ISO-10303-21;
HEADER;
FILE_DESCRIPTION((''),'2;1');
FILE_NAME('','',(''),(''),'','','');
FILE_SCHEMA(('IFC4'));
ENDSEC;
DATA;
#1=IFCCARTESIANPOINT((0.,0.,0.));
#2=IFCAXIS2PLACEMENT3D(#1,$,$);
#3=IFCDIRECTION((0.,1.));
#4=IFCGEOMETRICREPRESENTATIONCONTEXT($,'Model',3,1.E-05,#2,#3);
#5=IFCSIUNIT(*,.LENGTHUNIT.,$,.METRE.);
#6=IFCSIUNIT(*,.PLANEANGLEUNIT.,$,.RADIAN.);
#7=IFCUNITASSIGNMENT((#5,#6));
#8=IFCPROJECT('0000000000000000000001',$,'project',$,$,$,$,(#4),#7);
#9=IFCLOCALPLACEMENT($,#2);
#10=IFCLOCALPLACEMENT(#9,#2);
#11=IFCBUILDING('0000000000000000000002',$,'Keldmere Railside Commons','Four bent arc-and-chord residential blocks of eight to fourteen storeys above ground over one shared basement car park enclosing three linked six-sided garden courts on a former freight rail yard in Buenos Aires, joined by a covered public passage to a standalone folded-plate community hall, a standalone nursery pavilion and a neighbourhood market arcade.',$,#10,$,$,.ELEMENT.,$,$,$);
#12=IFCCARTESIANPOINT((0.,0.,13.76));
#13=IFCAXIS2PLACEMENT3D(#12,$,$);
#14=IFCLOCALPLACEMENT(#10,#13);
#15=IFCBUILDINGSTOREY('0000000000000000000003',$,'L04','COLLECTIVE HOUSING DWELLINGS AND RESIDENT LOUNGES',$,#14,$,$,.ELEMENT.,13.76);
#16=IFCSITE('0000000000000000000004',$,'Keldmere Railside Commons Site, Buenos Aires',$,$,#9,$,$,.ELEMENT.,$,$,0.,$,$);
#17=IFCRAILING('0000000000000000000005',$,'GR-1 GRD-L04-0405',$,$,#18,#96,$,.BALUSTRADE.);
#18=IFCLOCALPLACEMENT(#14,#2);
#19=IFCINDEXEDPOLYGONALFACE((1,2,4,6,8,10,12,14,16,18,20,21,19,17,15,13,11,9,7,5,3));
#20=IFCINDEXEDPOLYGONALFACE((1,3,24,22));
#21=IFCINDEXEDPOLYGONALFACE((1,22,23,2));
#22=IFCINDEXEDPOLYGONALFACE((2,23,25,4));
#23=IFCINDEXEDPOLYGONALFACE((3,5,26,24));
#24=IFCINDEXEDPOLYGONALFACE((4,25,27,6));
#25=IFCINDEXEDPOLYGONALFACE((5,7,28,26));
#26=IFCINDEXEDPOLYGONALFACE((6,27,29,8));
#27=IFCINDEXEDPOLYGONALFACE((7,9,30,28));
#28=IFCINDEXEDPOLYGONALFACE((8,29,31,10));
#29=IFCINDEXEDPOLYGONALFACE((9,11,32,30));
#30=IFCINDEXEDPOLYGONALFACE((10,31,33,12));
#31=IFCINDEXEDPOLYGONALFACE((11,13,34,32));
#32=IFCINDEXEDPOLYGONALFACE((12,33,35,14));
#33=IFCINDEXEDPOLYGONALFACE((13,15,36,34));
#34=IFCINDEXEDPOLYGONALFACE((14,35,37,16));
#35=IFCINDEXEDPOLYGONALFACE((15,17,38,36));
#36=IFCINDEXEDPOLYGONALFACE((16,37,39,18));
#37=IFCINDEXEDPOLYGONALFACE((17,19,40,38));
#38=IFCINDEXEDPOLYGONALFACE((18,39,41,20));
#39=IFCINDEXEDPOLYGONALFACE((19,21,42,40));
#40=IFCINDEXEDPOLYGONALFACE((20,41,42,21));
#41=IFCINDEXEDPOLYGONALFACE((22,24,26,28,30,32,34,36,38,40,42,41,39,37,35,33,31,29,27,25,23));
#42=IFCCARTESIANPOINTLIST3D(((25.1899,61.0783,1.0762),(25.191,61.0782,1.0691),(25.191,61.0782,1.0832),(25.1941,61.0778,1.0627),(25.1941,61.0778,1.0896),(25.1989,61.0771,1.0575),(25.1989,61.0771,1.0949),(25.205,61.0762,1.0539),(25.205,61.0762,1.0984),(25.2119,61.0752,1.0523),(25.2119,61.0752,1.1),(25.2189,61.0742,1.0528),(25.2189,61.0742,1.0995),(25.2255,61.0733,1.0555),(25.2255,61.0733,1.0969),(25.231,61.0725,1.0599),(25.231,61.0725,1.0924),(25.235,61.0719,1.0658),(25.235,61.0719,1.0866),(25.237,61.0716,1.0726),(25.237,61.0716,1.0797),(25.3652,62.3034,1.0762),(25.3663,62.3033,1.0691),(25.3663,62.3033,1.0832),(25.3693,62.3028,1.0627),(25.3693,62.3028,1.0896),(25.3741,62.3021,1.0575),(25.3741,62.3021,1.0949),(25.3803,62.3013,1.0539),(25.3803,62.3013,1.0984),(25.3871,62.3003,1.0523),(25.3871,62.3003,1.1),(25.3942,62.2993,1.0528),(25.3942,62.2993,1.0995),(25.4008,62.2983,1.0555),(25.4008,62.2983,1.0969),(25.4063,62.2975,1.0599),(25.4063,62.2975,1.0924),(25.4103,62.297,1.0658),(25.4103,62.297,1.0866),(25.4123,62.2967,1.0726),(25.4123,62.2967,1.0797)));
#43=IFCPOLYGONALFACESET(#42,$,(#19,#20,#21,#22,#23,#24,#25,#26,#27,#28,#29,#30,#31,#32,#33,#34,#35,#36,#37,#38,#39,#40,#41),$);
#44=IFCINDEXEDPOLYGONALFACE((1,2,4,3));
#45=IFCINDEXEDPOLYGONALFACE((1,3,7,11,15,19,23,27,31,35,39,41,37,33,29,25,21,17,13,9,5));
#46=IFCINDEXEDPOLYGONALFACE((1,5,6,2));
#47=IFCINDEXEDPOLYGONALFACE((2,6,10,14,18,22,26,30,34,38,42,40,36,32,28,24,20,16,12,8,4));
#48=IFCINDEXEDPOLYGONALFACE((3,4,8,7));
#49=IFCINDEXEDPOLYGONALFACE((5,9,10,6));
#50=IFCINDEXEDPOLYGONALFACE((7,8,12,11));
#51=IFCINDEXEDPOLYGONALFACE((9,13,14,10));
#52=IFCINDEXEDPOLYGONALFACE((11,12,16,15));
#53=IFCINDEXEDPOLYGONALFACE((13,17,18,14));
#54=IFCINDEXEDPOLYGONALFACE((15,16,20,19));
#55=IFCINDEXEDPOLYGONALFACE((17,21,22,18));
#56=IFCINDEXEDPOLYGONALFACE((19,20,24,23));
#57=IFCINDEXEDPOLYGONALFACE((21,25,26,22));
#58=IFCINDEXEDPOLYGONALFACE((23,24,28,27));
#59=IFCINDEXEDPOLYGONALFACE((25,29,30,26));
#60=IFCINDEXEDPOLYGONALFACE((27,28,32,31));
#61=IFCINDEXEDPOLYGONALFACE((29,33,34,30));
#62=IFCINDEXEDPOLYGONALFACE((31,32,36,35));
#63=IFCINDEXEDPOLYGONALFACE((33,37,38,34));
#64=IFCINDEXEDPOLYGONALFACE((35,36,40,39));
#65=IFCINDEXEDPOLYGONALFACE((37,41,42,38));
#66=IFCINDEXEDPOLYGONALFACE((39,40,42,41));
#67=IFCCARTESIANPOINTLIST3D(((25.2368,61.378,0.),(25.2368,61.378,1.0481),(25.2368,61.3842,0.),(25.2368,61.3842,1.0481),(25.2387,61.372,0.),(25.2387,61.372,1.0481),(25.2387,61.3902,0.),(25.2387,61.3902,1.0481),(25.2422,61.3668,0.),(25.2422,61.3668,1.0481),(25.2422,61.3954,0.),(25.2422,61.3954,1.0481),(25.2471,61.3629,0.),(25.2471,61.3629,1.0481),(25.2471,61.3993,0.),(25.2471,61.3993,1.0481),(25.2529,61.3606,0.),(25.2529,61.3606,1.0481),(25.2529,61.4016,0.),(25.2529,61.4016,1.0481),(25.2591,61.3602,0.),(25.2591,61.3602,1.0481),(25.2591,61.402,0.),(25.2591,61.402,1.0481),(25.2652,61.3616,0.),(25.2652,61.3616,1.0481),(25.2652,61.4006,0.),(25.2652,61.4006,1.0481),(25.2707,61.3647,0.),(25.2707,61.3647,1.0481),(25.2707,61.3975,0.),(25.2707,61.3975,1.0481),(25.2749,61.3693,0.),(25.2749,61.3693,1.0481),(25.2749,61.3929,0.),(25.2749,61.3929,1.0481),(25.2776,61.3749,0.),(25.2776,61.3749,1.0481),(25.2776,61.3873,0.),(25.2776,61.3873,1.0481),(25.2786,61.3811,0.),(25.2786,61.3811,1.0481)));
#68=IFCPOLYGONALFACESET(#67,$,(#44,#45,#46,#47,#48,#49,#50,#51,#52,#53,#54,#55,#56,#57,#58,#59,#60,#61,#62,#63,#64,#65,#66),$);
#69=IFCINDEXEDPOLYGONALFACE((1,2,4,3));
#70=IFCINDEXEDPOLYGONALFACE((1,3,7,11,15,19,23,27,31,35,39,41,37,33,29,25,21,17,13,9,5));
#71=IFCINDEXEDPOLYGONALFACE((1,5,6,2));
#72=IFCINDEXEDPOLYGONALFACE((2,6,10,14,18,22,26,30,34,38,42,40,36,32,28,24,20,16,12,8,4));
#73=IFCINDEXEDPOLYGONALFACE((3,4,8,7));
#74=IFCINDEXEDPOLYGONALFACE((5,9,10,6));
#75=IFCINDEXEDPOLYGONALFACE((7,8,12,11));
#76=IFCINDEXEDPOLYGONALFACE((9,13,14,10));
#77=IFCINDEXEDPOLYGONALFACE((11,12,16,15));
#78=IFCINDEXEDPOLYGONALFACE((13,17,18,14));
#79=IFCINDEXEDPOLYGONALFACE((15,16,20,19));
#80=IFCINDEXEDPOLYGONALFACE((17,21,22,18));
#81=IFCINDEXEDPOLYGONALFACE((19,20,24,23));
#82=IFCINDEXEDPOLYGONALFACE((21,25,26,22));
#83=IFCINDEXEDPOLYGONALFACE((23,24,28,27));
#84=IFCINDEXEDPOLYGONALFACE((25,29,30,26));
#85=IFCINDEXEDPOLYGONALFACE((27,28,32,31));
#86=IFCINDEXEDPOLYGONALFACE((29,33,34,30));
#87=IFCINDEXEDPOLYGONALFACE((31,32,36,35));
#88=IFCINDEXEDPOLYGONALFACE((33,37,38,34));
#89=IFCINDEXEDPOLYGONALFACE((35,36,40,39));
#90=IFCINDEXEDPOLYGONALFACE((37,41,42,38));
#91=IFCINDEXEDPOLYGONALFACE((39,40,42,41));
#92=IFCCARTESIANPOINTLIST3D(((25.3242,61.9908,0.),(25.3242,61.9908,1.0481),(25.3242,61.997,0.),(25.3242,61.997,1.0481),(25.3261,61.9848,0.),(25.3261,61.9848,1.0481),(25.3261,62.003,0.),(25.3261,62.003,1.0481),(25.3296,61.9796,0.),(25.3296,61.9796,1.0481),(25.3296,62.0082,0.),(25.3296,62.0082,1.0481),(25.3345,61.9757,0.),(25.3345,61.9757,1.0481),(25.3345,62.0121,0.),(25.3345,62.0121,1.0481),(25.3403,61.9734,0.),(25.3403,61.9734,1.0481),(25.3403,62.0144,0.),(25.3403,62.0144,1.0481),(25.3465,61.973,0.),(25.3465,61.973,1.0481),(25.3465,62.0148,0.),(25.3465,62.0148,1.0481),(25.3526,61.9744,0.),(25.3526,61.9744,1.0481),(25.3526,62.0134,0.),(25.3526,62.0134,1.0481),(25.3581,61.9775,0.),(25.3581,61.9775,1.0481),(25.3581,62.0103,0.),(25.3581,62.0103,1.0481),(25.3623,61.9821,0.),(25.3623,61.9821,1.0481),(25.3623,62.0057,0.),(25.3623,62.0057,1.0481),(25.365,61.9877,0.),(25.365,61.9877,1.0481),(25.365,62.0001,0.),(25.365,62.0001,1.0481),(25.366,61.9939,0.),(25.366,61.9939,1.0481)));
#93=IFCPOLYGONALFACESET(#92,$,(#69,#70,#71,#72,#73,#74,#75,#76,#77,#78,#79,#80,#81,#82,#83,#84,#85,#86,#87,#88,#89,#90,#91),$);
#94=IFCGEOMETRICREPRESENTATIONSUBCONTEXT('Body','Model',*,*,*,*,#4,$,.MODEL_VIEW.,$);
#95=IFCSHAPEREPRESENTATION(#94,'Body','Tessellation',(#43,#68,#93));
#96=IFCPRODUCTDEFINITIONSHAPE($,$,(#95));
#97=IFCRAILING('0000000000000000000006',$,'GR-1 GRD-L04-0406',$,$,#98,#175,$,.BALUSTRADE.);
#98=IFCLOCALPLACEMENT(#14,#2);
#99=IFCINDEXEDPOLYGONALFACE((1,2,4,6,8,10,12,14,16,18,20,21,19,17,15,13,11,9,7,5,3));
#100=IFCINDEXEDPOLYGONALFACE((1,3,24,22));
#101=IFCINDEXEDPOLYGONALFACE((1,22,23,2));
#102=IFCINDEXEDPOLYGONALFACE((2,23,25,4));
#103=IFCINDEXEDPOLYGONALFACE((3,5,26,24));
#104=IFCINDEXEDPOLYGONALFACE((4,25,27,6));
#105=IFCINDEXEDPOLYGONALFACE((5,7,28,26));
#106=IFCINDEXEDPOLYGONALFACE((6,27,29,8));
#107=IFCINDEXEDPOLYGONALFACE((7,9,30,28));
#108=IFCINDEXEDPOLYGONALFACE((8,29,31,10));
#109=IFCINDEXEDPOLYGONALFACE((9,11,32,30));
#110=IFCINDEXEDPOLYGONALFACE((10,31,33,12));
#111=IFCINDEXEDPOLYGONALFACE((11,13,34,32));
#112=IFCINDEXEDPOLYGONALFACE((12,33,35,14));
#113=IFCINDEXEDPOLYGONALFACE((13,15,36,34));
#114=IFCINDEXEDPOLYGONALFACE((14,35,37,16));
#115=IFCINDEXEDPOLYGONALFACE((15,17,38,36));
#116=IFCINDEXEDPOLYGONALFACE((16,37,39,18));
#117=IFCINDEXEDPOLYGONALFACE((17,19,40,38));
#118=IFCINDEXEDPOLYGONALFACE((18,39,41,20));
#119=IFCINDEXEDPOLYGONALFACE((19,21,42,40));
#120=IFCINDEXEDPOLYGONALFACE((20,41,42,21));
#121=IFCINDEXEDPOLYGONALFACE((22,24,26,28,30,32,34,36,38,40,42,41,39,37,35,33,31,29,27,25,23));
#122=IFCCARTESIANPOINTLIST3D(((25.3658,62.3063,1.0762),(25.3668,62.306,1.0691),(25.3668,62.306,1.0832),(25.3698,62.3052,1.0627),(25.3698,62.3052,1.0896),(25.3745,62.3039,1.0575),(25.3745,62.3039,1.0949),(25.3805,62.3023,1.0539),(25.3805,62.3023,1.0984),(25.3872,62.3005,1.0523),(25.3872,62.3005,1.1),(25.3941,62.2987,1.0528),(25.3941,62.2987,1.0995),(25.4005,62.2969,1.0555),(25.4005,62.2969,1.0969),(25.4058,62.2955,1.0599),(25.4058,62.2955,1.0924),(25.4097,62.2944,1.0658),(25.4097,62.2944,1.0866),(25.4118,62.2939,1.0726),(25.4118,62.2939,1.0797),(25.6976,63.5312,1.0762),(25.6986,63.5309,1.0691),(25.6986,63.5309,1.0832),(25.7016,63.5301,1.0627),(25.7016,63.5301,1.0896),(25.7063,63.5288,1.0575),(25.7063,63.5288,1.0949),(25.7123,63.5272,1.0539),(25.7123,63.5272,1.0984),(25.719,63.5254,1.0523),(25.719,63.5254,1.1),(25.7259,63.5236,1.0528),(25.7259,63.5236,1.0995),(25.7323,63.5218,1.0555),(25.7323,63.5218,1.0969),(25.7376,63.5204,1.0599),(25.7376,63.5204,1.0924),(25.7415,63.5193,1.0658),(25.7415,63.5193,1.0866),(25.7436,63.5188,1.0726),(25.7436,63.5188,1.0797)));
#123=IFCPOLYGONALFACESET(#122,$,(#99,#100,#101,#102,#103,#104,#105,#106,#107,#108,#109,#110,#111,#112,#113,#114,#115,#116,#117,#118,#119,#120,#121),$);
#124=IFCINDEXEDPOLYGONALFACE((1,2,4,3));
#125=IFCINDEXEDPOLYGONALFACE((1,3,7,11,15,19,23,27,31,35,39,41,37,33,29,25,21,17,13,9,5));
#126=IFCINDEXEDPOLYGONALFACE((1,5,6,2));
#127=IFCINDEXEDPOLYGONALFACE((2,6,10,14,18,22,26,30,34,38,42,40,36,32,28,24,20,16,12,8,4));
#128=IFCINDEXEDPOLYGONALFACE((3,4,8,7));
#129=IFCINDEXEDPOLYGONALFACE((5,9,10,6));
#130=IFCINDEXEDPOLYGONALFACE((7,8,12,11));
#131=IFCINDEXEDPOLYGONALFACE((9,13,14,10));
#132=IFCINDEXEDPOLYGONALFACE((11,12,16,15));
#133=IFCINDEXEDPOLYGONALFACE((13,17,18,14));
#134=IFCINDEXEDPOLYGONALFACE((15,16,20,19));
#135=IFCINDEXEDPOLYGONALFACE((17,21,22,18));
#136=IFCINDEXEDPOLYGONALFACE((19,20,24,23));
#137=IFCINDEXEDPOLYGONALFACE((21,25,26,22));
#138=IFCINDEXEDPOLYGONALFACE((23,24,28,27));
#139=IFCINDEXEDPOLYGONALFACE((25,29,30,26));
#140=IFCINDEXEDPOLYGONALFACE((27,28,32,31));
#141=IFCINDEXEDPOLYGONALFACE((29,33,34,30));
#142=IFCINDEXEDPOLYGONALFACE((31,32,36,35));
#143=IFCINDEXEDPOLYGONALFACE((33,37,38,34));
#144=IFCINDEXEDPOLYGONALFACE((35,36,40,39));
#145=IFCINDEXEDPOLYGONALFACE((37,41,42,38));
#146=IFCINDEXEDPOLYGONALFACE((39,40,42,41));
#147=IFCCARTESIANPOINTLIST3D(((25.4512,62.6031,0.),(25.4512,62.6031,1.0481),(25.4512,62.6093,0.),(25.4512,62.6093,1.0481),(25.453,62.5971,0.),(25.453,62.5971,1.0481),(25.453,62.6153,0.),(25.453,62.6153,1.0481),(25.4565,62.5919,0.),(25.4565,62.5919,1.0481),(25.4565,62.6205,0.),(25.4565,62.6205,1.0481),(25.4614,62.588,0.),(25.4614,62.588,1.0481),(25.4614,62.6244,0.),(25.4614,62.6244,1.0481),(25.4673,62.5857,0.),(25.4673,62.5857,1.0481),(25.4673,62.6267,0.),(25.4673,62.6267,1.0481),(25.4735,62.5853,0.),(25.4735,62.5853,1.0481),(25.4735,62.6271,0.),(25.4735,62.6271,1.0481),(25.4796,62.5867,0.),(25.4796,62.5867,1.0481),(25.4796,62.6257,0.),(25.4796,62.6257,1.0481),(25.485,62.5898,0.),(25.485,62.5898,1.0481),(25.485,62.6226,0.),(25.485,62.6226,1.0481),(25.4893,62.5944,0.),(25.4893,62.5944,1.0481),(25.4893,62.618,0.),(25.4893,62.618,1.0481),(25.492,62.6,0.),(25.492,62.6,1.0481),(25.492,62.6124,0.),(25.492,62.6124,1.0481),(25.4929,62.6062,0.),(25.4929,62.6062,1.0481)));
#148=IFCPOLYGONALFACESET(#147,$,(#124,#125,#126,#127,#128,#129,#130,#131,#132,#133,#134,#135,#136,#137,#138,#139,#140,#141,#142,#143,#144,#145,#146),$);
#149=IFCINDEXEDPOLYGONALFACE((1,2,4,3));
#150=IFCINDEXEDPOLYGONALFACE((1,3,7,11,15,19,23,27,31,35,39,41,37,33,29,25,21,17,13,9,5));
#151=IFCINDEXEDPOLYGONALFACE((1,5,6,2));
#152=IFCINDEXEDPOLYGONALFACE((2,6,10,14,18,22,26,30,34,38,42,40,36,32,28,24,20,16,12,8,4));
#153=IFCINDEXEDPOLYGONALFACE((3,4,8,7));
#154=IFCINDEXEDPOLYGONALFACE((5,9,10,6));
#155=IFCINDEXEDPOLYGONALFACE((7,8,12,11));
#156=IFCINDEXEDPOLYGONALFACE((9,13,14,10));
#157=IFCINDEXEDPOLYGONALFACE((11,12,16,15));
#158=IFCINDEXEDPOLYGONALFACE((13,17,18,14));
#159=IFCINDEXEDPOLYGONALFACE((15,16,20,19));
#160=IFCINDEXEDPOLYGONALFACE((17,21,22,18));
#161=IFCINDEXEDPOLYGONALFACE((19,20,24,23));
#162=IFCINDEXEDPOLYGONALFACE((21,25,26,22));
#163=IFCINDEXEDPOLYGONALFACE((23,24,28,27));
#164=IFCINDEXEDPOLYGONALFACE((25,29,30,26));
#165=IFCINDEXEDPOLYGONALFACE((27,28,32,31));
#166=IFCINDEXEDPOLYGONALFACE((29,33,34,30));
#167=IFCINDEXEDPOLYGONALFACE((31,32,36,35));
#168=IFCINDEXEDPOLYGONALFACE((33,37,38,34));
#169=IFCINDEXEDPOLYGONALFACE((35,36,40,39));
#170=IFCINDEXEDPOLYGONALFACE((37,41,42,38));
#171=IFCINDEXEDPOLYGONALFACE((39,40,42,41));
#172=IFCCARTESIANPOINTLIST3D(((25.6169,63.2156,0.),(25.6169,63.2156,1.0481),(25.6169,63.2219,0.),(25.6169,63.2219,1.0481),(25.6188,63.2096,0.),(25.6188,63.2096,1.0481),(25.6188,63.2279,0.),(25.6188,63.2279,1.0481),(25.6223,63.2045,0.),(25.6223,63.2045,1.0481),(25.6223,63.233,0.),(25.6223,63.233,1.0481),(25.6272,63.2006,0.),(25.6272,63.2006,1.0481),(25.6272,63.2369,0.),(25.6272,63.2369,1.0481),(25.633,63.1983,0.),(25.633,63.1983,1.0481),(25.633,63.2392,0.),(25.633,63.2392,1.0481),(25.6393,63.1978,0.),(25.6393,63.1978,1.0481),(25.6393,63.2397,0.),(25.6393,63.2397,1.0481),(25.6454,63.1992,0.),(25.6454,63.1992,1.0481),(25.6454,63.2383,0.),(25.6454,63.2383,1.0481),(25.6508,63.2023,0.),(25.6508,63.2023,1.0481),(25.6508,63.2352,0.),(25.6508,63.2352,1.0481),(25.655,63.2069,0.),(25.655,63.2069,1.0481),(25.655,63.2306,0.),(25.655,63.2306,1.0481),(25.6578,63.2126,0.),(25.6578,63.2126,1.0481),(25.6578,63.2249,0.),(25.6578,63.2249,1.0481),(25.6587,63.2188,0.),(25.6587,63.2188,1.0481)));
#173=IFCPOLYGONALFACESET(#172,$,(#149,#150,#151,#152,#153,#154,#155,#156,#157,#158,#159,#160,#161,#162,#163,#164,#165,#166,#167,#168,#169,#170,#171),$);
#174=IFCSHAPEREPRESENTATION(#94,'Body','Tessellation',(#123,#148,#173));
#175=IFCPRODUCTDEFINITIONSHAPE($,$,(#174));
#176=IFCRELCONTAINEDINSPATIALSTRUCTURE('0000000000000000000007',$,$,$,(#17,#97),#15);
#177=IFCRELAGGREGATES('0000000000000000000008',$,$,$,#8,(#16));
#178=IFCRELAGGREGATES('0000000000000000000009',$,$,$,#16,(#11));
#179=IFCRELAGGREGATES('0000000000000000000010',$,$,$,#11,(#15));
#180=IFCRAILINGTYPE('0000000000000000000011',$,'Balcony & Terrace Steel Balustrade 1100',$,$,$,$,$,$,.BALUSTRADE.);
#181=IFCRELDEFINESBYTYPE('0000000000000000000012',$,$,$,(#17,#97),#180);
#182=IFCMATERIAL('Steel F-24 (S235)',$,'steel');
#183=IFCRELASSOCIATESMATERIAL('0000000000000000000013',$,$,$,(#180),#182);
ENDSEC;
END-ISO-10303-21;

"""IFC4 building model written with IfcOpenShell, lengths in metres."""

from ifc_helpers import new_model, si_unit, direction, frame, origin, origin_2d, place, context, subcontext, project, spatial, circle, extrude, material, type_object, element, save


model = new_model("IFC4")

# Units and contexts
model_context = context("Model", 3, precision=1e-05, world=origin(), true_north=direction((0.0, 1.0)))
body_context = subcontext(model_context, "Body", "Model", "MODEL_VIEW")
ifc_project = project(units=[si_unit("LENGTHUNIT", "METRE"), si_unit("PLANEANGLEUNIT", "RADIAN")], contexts=[model_context])

# Site, building, storey
site_placement = place(None, origin())
site = spatial("IfcSite", under=ifc_project, at=site_placement, Name="Keldmere Railside Commons Site, Buenos Aires", CompositionType="ELEMENT", RefElevation=0.0)
building_placement = place(site_placement, origin())
building = spatial("IfcBuilding", under=site, at=building_placement, Name="Keldmere Railside Commons", Description="Four bent arc-and-chord residential blocks of eight to fourteen storeys above ground over one shared basement car park enclosing three linked six-sided garden courts on a former freight rail yard in Buenos Aires, joined by a covered public passage to a standalone folded-plate community hall, a standalone nursery pavilion and a neighbourhood market arcade.", CompositionType="ELEMENT")
storey_placement = place(building_placement, frame((0.0, 0.0, 13.76)))
storey = spatial("IfcBuildingStorey", under=building, at=storey_placement, Name="L04", Description="COLLECTIVE HOUSING DWELLINGS AND RESIDENT LOUNGES", CompositionType="ELEMENT", Elevation=13.76)

# Railings
ifc_material_1 = material(Name="Steel F-24 (S235)", Category="steel")
railing_type_1 = type_object("IfcRailingType", Name="Balcony & Terrace Steel Balustrade 1100", PredefinedType="BALUSTRADE", material=ifc_material_1)
railing_1_placement = place(storey_placement, frame((25.2136, 61.075, 0.0)))
element("IfcRailing", 1, at=railing_1_placement, inside=storey, type_object=railing_type_1, Name="GR-1 GRD-L04-0405", PredefinedType="BALUSTRADE", context=body_context, shape_type="SweptSolid", body=[
    extrude(circle(Radius=0.0239, at=origin_2d()), frame((0.0, 0.0, 1.0762), z_axis=(0.141642, 0.989918, 0.0), x_axis=(-0.989918, 0.141642, 0.0)), (0.0, 0.0, 1.0), 1.2375),
    extrude(circle(Radius=0.021, at=origin_2d()), frame((0.0439, 0.3062, 0.0)), (0.0, 0.0, 1.0), 1.0481),
    extrude(circle(Radius=0.021, at=origin_2d()), frame((0.1313, 0.9189, 0.0)), (0.0, 0.0, 1.0), 1.0481),
])
railing_2_placement = place(storey_placement, frame((25.3889, 62.3, 0.0)))
element("IfcRailing", 2, at=railing_2_placement, inside=storey, type_object=railing_type_1, Name="GR-1 GRD-L04-0406", PredefinedType="BALUSTRADE", context=body_context, shape_type="SweptSolid", body=[
    extrude(circle(Radius=0.0239, at=origin_2d()), frame((0.0, 0.0, 1.0762), z_axis=(0.261457, 0.965215, 0.0), x_axis=(-0.965215, 0.261457, 0.0)), (0.0, 0.0, 1.0), 1.269),
    extrude(circle(Radius=0.021, at=origin_2d()), frame((0.083, 0.3062, 0.0)), (0.0, 0.0, 1.0), 1.0481),
    extrude(circle(Radius=0.021, at=origin_2d()), frame((0.2488, 0.9187, 0.0)), (0.0, 0.0, 1.0), 1.0481),
])

save(model, "model.ifc")
